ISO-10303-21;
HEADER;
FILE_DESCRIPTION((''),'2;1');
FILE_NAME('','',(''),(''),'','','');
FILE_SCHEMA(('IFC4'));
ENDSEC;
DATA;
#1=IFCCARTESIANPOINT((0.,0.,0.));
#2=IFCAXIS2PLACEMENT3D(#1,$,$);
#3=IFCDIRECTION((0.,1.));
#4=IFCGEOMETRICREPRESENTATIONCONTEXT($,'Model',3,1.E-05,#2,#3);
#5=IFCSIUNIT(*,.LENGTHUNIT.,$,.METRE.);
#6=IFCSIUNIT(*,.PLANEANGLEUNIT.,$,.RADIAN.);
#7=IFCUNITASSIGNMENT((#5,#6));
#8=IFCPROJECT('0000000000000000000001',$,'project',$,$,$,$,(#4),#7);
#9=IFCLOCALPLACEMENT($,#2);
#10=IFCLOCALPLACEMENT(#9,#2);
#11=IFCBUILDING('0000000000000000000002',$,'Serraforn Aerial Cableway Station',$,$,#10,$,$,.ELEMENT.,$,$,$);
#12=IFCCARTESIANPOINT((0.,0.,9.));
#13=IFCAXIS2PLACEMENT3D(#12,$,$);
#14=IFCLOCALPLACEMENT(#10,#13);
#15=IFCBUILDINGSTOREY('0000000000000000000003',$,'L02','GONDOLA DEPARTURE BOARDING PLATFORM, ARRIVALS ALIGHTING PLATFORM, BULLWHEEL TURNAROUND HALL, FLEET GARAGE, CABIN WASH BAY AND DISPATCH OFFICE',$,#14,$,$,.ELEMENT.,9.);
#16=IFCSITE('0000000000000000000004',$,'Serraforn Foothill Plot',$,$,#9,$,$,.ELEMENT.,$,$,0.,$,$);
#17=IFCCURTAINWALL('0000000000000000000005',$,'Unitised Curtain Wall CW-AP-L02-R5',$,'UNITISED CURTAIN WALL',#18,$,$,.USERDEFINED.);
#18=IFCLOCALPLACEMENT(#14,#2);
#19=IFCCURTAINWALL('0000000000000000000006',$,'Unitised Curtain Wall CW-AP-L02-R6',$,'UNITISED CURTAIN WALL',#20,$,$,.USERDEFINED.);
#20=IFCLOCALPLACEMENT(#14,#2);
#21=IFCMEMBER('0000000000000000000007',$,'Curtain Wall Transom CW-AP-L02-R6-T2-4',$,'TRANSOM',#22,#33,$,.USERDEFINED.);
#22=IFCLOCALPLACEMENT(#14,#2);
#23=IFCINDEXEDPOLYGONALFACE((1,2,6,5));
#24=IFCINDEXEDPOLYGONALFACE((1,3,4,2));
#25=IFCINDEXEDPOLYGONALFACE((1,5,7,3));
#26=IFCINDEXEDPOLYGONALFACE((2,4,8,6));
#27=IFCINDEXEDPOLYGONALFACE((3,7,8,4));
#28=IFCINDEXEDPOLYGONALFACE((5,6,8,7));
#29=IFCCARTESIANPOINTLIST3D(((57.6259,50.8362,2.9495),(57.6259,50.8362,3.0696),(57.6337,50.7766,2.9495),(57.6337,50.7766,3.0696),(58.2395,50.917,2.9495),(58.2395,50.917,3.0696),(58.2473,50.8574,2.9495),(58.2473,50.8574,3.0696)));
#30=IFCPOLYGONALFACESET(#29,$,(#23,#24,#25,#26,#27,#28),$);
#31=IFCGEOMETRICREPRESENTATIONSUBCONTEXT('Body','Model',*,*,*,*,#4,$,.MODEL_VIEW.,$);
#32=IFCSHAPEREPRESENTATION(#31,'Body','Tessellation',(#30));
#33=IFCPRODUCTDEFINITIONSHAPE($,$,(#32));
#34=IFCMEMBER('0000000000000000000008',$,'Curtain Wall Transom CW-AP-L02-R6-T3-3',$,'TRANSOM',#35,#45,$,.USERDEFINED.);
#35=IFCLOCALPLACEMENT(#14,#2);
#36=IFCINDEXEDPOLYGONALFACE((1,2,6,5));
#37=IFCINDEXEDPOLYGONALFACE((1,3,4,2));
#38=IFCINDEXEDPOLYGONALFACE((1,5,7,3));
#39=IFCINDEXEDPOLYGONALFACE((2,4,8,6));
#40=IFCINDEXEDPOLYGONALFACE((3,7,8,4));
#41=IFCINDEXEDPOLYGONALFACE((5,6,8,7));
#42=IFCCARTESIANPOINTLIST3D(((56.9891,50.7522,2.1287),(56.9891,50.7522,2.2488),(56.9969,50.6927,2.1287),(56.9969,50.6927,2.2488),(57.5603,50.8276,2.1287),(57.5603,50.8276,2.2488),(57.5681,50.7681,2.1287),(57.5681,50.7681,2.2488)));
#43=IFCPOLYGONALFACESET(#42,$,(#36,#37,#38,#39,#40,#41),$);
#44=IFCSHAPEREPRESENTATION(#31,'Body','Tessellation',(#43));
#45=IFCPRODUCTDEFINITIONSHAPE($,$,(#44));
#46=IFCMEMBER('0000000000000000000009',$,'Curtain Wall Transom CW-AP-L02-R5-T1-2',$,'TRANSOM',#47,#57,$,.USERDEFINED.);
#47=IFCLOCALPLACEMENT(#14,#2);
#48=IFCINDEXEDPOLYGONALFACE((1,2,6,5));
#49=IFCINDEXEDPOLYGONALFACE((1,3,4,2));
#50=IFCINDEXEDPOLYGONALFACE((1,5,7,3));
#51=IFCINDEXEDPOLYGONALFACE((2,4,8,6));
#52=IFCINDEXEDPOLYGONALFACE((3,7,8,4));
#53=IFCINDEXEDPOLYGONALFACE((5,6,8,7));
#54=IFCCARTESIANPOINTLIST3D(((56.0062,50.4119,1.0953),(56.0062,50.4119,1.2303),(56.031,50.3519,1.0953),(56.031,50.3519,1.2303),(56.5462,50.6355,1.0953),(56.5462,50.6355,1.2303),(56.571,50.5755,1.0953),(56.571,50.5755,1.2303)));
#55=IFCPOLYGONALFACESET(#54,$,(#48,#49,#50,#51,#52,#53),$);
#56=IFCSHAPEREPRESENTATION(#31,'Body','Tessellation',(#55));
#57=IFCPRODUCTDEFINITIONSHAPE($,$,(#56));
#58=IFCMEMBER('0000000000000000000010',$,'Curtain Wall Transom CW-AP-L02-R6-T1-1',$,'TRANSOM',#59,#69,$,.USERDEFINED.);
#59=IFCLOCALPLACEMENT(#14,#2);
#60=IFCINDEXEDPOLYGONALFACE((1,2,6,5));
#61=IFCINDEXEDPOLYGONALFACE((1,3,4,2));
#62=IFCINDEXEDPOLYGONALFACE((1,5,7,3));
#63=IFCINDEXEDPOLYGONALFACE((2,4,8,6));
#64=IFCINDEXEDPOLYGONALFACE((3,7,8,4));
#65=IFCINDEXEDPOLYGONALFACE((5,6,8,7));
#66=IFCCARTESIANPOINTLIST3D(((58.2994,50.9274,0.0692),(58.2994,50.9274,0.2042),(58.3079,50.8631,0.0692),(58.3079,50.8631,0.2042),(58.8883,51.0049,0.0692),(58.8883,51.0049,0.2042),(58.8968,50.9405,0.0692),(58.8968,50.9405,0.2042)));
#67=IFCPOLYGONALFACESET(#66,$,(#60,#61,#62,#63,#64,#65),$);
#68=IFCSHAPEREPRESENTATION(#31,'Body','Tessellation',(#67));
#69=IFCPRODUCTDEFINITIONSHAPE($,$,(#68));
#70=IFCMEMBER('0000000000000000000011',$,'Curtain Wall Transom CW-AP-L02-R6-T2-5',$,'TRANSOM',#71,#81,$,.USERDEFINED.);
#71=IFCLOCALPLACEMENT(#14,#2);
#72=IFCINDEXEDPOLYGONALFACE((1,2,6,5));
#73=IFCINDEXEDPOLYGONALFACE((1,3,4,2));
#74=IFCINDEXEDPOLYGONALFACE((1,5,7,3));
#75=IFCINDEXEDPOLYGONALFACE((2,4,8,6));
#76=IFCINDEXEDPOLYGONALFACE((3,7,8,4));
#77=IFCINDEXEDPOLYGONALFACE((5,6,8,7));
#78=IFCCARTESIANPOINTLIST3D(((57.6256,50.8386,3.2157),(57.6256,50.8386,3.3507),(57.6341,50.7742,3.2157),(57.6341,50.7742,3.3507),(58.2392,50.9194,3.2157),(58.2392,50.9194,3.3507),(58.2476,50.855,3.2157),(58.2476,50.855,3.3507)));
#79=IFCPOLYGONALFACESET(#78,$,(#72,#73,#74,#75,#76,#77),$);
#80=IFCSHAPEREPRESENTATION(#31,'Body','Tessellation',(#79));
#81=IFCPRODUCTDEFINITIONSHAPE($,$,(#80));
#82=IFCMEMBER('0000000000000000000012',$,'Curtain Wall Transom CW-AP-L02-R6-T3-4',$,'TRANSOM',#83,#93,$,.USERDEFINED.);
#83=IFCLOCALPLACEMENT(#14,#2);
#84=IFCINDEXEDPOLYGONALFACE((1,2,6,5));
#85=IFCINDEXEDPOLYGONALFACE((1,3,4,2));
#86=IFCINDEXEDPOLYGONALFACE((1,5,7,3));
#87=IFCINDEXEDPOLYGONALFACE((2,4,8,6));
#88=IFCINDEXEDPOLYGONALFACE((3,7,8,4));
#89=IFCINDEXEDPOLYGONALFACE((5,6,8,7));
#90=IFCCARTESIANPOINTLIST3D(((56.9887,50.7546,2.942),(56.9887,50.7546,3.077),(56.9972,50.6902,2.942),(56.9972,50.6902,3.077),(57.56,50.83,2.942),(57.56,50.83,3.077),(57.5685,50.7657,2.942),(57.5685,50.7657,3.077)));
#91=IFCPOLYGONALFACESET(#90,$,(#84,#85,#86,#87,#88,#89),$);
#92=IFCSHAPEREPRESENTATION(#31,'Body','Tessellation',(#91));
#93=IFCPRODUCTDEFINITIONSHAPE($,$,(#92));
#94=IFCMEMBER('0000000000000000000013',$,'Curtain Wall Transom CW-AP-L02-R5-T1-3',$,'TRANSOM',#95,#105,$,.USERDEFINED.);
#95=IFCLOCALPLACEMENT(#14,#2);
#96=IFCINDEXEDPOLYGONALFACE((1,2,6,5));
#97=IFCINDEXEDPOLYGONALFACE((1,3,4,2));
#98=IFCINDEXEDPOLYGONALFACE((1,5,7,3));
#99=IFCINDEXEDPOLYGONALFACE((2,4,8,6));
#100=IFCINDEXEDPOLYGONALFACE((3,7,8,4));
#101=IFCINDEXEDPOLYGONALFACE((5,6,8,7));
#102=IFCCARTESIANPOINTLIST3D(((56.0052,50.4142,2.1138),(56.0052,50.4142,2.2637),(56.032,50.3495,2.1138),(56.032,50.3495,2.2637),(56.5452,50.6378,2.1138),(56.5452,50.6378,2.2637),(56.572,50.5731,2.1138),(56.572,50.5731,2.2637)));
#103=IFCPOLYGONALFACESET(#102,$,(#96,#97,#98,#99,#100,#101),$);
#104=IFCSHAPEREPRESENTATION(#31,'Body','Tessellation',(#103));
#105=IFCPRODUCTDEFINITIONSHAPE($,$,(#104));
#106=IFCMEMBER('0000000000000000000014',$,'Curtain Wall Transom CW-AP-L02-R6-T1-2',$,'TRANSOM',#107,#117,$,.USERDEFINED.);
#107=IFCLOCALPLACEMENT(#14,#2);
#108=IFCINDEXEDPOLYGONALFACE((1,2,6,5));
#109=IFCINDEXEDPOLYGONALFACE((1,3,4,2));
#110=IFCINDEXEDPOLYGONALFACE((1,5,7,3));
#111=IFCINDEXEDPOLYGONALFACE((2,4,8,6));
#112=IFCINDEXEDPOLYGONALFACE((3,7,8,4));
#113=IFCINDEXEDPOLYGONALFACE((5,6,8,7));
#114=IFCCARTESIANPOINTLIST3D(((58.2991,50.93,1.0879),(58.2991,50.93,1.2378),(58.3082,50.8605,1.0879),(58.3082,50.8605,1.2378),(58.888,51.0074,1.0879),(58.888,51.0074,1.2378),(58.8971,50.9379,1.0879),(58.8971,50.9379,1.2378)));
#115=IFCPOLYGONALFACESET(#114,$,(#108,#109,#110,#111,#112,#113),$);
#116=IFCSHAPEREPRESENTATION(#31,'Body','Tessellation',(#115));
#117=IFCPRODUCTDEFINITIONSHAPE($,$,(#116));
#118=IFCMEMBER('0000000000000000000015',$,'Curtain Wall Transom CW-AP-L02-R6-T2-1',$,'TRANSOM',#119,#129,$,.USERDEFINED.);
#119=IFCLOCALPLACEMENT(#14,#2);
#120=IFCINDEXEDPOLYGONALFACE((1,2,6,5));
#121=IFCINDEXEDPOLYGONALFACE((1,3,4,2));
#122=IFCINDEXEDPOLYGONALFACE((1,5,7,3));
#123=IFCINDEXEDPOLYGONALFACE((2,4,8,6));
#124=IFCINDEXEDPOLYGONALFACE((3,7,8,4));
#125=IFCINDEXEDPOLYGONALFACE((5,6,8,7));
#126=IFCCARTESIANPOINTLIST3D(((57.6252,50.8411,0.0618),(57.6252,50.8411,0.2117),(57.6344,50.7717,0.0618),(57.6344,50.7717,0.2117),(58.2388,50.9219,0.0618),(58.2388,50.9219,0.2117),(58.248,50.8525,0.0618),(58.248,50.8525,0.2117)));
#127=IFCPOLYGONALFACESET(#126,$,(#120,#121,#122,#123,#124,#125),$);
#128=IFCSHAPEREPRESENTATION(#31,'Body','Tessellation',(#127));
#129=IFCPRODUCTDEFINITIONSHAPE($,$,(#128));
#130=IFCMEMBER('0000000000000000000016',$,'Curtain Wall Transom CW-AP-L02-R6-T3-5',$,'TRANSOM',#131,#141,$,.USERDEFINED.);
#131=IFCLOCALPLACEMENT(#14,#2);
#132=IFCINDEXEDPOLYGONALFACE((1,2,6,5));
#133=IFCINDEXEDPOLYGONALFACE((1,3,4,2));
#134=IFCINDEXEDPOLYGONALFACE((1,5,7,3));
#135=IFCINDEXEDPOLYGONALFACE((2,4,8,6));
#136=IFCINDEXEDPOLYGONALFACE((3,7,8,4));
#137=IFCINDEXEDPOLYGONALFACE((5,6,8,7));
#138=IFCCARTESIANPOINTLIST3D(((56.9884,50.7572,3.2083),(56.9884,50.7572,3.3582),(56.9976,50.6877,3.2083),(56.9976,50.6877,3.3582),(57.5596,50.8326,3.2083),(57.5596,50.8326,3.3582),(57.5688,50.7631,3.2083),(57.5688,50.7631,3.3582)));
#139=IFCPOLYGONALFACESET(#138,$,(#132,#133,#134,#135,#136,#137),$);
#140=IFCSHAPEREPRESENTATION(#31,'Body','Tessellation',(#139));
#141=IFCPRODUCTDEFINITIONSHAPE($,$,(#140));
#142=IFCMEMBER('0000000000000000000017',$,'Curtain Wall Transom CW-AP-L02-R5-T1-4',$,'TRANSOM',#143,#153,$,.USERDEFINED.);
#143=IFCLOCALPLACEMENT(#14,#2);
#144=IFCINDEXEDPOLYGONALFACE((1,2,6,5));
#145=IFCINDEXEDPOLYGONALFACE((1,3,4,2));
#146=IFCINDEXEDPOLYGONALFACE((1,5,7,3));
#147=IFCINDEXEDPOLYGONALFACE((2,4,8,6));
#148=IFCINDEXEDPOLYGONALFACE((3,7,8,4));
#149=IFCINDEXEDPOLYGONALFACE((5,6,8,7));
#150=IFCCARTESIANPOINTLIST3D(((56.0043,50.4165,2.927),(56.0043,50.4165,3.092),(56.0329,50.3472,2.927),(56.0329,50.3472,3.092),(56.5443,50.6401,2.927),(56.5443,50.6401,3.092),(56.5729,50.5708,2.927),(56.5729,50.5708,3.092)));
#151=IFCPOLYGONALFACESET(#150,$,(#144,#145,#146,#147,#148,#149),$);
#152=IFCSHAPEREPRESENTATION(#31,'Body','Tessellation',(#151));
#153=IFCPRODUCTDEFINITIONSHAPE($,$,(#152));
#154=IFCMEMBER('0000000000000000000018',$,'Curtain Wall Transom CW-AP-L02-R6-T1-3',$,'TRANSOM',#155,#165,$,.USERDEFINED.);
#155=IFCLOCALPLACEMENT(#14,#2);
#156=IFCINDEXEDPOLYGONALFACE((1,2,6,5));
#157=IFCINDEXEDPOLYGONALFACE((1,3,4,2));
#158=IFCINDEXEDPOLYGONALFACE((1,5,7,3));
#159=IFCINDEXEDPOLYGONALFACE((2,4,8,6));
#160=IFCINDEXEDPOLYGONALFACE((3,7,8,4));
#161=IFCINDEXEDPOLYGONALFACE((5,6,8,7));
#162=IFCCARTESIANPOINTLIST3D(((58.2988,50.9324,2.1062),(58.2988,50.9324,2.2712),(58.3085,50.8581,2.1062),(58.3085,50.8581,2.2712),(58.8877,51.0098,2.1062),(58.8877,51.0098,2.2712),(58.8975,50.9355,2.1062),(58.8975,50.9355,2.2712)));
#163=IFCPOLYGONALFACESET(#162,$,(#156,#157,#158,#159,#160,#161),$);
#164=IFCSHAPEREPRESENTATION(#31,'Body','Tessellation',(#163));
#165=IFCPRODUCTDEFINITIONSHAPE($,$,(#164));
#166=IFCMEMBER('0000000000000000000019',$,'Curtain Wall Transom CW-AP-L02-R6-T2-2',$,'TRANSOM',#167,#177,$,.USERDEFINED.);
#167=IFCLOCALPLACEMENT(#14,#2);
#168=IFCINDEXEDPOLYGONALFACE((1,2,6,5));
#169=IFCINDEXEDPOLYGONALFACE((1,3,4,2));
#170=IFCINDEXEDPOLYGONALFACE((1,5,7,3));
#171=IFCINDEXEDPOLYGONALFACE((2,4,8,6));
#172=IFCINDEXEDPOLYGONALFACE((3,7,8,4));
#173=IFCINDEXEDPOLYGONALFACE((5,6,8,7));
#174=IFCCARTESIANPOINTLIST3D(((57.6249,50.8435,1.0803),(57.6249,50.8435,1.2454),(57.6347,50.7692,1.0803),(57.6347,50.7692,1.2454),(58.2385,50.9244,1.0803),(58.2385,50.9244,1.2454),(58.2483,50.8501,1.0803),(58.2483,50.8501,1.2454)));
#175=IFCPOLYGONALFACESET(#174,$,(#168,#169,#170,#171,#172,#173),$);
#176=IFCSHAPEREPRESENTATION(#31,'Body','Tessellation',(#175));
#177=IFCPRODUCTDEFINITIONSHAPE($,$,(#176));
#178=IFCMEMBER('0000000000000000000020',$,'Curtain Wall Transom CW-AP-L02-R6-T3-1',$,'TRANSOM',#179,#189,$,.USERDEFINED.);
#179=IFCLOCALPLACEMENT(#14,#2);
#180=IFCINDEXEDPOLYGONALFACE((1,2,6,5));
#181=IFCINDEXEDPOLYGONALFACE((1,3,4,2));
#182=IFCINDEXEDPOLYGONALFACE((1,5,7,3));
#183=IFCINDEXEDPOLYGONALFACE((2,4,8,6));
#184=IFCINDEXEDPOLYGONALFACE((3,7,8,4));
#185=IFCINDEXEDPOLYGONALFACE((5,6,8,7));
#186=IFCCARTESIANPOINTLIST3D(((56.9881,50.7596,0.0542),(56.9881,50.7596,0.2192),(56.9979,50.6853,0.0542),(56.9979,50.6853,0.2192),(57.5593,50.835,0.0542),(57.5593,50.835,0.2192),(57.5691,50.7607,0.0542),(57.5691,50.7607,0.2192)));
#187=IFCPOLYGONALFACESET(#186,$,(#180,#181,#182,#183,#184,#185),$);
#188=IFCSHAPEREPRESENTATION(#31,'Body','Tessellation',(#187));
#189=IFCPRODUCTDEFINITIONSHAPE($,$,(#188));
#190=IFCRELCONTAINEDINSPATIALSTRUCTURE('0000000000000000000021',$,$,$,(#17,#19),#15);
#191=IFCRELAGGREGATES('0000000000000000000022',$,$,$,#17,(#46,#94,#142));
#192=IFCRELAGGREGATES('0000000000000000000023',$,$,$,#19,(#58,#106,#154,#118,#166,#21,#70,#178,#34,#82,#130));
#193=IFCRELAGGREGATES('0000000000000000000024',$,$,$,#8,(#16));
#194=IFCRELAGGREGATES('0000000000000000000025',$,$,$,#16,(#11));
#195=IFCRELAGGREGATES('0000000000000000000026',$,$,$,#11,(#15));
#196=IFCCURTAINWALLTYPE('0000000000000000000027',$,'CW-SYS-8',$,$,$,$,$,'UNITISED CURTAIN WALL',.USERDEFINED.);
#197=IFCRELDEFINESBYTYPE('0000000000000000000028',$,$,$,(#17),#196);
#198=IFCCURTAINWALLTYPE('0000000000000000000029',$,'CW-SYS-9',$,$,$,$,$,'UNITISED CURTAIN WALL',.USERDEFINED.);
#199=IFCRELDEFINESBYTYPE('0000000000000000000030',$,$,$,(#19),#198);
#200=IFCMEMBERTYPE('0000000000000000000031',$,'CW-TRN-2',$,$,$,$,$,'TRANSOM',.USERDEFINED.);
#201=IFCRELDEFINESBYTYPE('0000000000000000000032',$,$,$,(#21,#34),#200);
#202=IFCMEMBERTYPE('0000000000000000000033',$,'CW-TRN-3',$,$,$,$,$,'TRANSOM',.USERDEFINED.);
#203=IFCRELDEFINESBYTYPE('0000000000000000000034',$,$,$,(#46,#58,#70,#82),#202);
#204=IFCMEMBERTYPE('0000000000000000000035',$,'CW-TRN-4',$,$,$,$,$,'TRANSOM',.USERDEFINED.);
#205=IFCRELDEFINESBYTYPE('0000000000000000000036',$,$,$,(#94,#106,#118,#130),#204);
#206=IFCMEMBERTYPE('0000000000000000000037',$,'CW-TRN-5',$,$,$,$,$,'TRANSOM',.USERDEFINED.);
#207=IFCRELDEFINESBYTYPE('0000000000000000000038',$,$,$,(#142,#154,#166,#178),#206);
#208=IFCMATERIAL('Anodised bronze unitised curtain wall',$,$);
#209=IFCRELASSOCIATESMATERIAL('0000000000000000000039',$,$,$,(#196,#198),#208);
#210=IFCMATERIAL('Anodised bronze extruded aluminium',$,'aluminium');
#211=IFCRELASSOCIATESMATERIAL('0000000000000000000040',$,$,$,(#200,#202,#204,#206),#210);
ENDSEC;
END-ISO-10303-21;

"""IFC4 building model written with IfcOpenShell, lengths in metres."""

from ifc_helpers import new_model, si_unit, direction, frame, origin, origin_2d, place, context, subcontext, project, spatial, rectangle, extrude, material, material_profile, profile_set, type_object, element, aggregate, save


model = new_model("IFC4")

# Units and contexts
model_context = context("Model", 3, precision=1e-05, world=origin(), true_north=direction((0.0, 1.0)))
body_context = subcontext(model_context, "Body", "Model", "MODEL_VIEW")
ifc_project = project(units=[si_unit("LENGTHUNIT", "METRE"), si_unit("PLANEANGLEUNIT", "RADIAN")], contexts=[model_context])

# Site, building, storey
site_placement = place(None, origin())
site = spatial("IfcSite", under=ifc_project, at=site_placement, Name="Serraforn Foothill Plot", CompositionType="ELEMENT", RefElevation=0.0)
building_placement = place(site_placement, origin())
building = spatial("IfcBuilding", under=site, at=building_placement, Name="Serraforn Aerial Cableway Station", CompositionType="ELEMENT")
storey_placement = place(building_placement, frame((0.0, 0.0, 9.0)))
storey = spatial("IfcBuildingStorey", under=building, at=storey_placement, Name="L02", Description="GONDOLA DEPARTURE BOARDING PLATFORM, ARRIVALS ALIGHTING PLATFORM, BULLWHEEL TURNAROUND HALL, FLEET GARAGE, CABIN WASH BAY AND DISPATCH OFFICE", CompositionType="ELEMENT", Elevation=9.0)

# Curtain wall
ifc_material_1 = material(Name="Anodised bronze unitised curtain wall")
curtain_wall_type_1 = type_object("IfcCurtainWallType", Name="CW-SYS-8", ElementType="UNITISED CURTAIN WALL", PredefinedType="USERDEFINED", material=ifc_material_1)
curtain_wall_1_placement = place(storey_placement, origin())
curtain_wall_1 = element("IfcCurtainWall", 1, at=curtain_wall_1_placement, inside=storey, type_object=curtain_wall_type_1, Name="Unitised Curtain Wall CW-AP-L02-R5", ObjectType="UNITISED CURTAIN WALL", PredefinedType="USERDEFINED")
ifc_material_2 = material(Name="Anodised bronze extruded aluminium", Category="aluminium")

# Curtain wall
curtain_wall_type_2 = type_object("IfcCurtainWallType", Name="CW-SYS-9", ElementType="UNITISED CURTAIN WALL", PredefinedType="USERDEFINED", material=ifc_material_1)
curtain_wall_2_placement = place(storey_placement, origin())
curtain_wall_2 = element("IfcCurtainWall", 2, at=curtain_wall_2_placement, inside=storey, type_object=curtain_wall_type_2, Name="Unitised Curtain Wall CW-AP-L02-R6", ObjectType="UNITISED CURTAIN WALL", PredefinedType="USERDEFINED")

# Members
ifc_material_profile_1 = material_profile(ifc_material_2, rectangle(XDim=0.0601, YDim=0.1201, at=origin_2d()), Name="CW TRANSOM 60x120")
ifc_profile_set_1 = profile_set([ifc_material_profile_1], Name="Anodised bronze extruded aluminium")
member_type_1 = type_object("IfcMemberType", Name="CW-TRN-2", ElementType="TRANSOM", PredefinedType="USERDEFINED", material=ifc_profile_set_1)
member_1_placement = place(storey_placement, frame((58.2434, 50.8872, 3.0095), z_axis=(-0.991437, -0.130587, 0.0), x_axis=(0.130587, -0.991437, 0.0)))
member_1 = element("IfcMember", 3, at=member_1_placement, type_object=member_type_1, Name="Curtain Wall Transom CW-AP-L02-R6-T2-4", ObjectType="TRANSOM", PredefinedType="USERDEFINED", context=body_context, shape_type="SweptSolid", body=[
    extrude(rectangle(XDim=0.0601, YDim=0.1201, at=origin_2d()), origin(), (0.0, 0.0, 1.0), 0.6189),
])
member_2_placement = place(storey_placement, frame((57.5642, 50.7979, 2.1887), z_axis=(-0.991394, -0.130915, 0.0), x_axis=(0.130915, -0.991394, 0.0)))
member_2 = element("IfcMember", 4, at=member_2_placement, type_object=member_type_1, Name="Curtain Wall Transom CW-AP-L02-R6-T3-3", ObjectType="TRANSOM", PredefinedType="USERDEFINED", context=body_context, shape_type="SweptSolid", body=[
    extrude(rectangle(XDim=0.0601, YDim=0.1201, at=origin_2d()), origin(), (0.0, 0.0, 1.0), 0.5762),
])
ifc_material_profile_2 = material_profile(ifc_material_2, rectangle(XDim=0.0649, YDim=0.135, at=origin_2d()), Name="CW TRANSOM 65x135")
ifc_profile_set_2 = profile_set([ifc_material_profile_2], Name="Anodised bronze extruded aluminium")
member_type_2 = type_object("IfcMemberType", Name="CW-TRN-3", ElementType="TRANSOM", PredefinedType="USERDEFINED", material=ifc_profile_set_2)
member_3_placement = place(storey_placement, frame((56.5586, 50.6055, 1.1628), z_axis=(-0.923915, -0.382598, 0.0), x_axis=(0.382598, -0.923915, 0.0)))
member_3 = element("IfcMember", 5, at=member_3_placement, type_object=member_type_2, Name="Curtain Wall Transom CW-AP-L02-R5-T1-2", ObjectType="TRANSOM", PredefinedType="USERDEFINED", context=body_context, shape_type="SweptSolid", body=[
    extrude(rectangle(XDim=0.0649, YDim=0.135, at=origin_2d()), origin(), (0.0, 0.0, 1.0), 0.5845),
])
member_4_placement = place(storey_placement, frame((58.8926, 50.9727, 0.1367), z_axis=(-0.991474, -0.130306, 0.0), x_axis=(0.130306, -0.991474, 0.0)))
member_4 = element("IfcMember", 6, at=member_4_placement, type_object=member_type_2, Name="Curtain Wall Transom CW-AP-L02-R6-T1-1", ObjectType="TRANSOM", PredefinedType="USERDEFINED", context=body_context, shape_type="SweptSolid", body=[
    extrude(rectangle(XDim=0.0649, YDim=0.135, at=origin_2d()), origin(), (0.0, 0.0, 1.0), 0.594),
])
member_5_placement = place(storey_placement, frame((58.2434, 50.8872, 3.2832), z_axis=(-0.991437, -0.130587, 0.0), x_axis=(0.130587, -0.991437, 0.0)))
member_5 = element("IfcMember", 7, at=member_5_placement, type_object=member_type_2, Name="Curtain Wall Transom CW-AP-L02-R6-T2-5", ObjectType="TRANSOM", PredefinedType="USERDEFINED", context=body_context, shape_type="SweptSolid", body=[
    extrude(rectangle(XDim=0.0649, YDim=0.135, at=origin_2d()), origin(), (0.0, 0.0, 1.0), 0.6189),
])
member_6_placement = place(storey_placement, frame((57.5642, 50.7979, 3.0095), z_axis=(-0.991394, -0.130915, 0.0), x_axis=(0.130915, -0.991394, 0.0)))
member_6 = element("IfcMember", 8, at=member_6_placement, type_object=member_type_2, Name="Curtain Wall Transom CW-AP-L02-R6-T3-4", ObjectType="TRANSOM", PredefinedType="USERDEFINED", context=body_context, shape_type="SweptSolid", body=[
    extrude(rectangle(XDim=0.0649, YDim=0.135, at=origin_2d()), origin(), (0.0, 0.0, 1.0), 0.5762),
])
ifc_material_profile_3 = material_profile(ifc_material_2, rectangle(XDim=0.0701, YDim=0.1499, at=origin_2d()), Name="CW TRANSOM 70x150")
ifc_profile_set_3 = profile_set([ifc_material_profile_3], Name="Anodised bronze extruded aluminium")
member_type_3 = type_object("IfcMemberType", Name="CW-TRN-4", ElementType="TRANSOM", PredefinedType="USERDEFINED", material=ifc_profile_set_3)
member_7_placement = place(storey_placement, frame((56.5586, 50.6055, 2.1887), z_axis=(-0.923915, -0.382598, 0.0), x_axis=(0.382598, -0.923915, 0.0)))
member_7 = element("IfcMember", 9, at=member_7_placement, type_object=member_type_3, Name="Curtain Wall Transom CW-AP-L02-R5-T1-3", ObjectType="TRANSOM", PredefinedType="USERDEFINED", context=body_context, shape_type="SweptSolid", body=[
    extrude(rectangle(XDim=0.0701, YDim=0.1499, at=origin_2d()), origin(), (0.0, 0.0, 1.0), 0.5845),
])
member_8_placement = place(storey_placement, frame((58.8926, 50.9727, 1.1628), z_axis=(-0.991474, -0.130306, 0.0), x_axis=(0.130306, -0.991474, 0.0)))
member_8 = element("IfcMember", 10, at=member_8_placement, type_object=member_type_3, Name="Curtain Wall Transom CW-AP-L02-R6-T1-2", ObjectType="TRANSOM", PredefinedType="USERDEFINED", context=body_context, shape_type="SweptSolid", body=[
    extrude(rectangle(XDim=0.0701, YDim=0.1499, at=origin_2d()), origin(), (0.0, 0.0, 1.0), 0.594),
])
member_9_placement = place(storey_placement, frame((58.2434, 50.8872, 0.1367), z_axis=(-0.991437, -0.130587, 0.0), x_axis=(0.130587, -0.991437, 0.0)))
member_9 = element("IfcMember", 11, at=member_9_placement, type_object=member_type_3, Name="Curtain Wall Transom CW-AP-L02-R6-T2-1", ObjectType="TRANSOM", PredefinedType="USERDEFINED", context=body_context, shape_type="SweptSolid", body=[
    extrude(rectangle(XDim=0.0701, YDim=0.1499, at=origin_2d()), origin(), (0.0, 0.0, 1.0), 0.6189),
])
member_10_placement = place(storey_placement, frame((57.5642, 50.7979, 3.2832), z_axis=(-0.991394, -0.130915, 0.0), x_axis=(0.130915, -0.991394, 0.0)))
member_10 = element("IfcMember", 12, at=member_10_placement, type_object=member_type_3, Name="Curtain Wall Transom CW-AP-L02-R6-T3-5", ObjectType="TRANSOM", PredefinedType="USERDEFINED", context=body_context, shape_type="SweptSolid", body=[
    extrude(rectangle(XDim=0.0701, YDim=0.1499, at=origin_2d()), origin(), (0.0, 0.0, 1.0), 0.5762),
])
ifc_material_profile_4 = material_profile(ifc_material_2, rectangle(XDim=0.075, YDim=0.165, at=origin_2d()), Name="CW TRANSOM 75x165")
ifc_profile_set_4 = profile_set([ifc_material_profile_4], Name="Anodised bronze extruded aluminium")
member_type_4 = type_object("IfcMemberType", Name="CW-TRN-5", ElementType="TRANSOM", PredefinedType="USERDEFINED", material=ifc_profile_set_4)
member_11_placement = place(storey_placement, frame((56.5586, 50.6055, 3.0095), z_axis=(-0.923915, -0.382598, 0.0), x_axis=(0.382598, -0.923915, 0.0)))
member_11 = element("IfcMember", 13, at=member_11_placement, type_object=member_type_4, Name="Curtain Wall Transom CW-AP-L02-R5-T1-4", ObjectType="TRANSOM", PredefinedType="USERDEFINED", context=body_context, shape_type="SweptSolid", body=[
    extrude(rectangle(XDim=0.075, YDim=0.165, at=origin_2d()), origin(), (0.0, 0.0, 1.0), 0.5845),
])
aggregate(curtain_wall_1, [member_3, member_7, member_11])
member_12_placement = place(storey_placement, frame((58.8926, 50.9727, 2.1887), z_axis=(-0.991474, -0.130306, 0.0), x_axis=(0.130306, -0.991474, 0.0)))
member_12 = element("IfcMember", 14, at=member_12_placement, type_object=member_type_4, Name="Curtain Wall Transom CW-AP-L02-R6-T1-3", ObjectType="TRANSOM", PredefinedType="USERDEFINED", context=body_context, shape_type="SweptSolid", body=[
    extrude(rectangle(XDim=0.075, YDim=0.165, at=origin_2d()), origin(), (0.0, 0.0, 1.0), 0.594),
])
member_13_placement = place(storey_placement, frame((58.2434, 50.8872, 1.1628), z_axis=(-0.991437, -0.130587, 0.0), x_axis=(0.130587, -0.991437, 0.0)))
member_13 = element("IfcMember", 15, at=member_13_placement, type_object=member_type_4, Name="Curtain Wall Transom CW-AP-L02-R6-T2-2", ObjectType="TRANSOM", PredefinedType="USERDEFINED", context=body_context, shape_type="SweptSolid", body=[
    extrude(rectangle(XDim=0.075, YDim=0.165, at=origin_2d()), origin(), (0.0, 0.0, 1.0), 0.6189),
])
member_14_placement = place(storey_placement, frame((57.5642, 50.7979, 0.1367), z_axis=(-0.991394, -0.130915, 0.0), x_axis=(0.130915, -0.991394, 0.0)))
member_14 = element("IfcMember", 16, at=member_14_placement, type_object=member_type_4, Name="Curtain Wall Transom CW-AP-L02-R6-T3-1", ObjectType="TRANSOM", PredefinedType="USERDEFINED", context=body_context, shape_type="SweptSolid", body=[
    extrude(rectangle(XDim=0.075, YDim=0.165, at=origin_2d()), origin(), (0.0, 0.0, 1.0), 0.5762),
])

aggregate(curtain_wall_2, [member_4, member_8, member_12, member_9, member_13, member_1, member_5, member_14, member_2, member_6, member_10])

save(model, "model.ifc")
